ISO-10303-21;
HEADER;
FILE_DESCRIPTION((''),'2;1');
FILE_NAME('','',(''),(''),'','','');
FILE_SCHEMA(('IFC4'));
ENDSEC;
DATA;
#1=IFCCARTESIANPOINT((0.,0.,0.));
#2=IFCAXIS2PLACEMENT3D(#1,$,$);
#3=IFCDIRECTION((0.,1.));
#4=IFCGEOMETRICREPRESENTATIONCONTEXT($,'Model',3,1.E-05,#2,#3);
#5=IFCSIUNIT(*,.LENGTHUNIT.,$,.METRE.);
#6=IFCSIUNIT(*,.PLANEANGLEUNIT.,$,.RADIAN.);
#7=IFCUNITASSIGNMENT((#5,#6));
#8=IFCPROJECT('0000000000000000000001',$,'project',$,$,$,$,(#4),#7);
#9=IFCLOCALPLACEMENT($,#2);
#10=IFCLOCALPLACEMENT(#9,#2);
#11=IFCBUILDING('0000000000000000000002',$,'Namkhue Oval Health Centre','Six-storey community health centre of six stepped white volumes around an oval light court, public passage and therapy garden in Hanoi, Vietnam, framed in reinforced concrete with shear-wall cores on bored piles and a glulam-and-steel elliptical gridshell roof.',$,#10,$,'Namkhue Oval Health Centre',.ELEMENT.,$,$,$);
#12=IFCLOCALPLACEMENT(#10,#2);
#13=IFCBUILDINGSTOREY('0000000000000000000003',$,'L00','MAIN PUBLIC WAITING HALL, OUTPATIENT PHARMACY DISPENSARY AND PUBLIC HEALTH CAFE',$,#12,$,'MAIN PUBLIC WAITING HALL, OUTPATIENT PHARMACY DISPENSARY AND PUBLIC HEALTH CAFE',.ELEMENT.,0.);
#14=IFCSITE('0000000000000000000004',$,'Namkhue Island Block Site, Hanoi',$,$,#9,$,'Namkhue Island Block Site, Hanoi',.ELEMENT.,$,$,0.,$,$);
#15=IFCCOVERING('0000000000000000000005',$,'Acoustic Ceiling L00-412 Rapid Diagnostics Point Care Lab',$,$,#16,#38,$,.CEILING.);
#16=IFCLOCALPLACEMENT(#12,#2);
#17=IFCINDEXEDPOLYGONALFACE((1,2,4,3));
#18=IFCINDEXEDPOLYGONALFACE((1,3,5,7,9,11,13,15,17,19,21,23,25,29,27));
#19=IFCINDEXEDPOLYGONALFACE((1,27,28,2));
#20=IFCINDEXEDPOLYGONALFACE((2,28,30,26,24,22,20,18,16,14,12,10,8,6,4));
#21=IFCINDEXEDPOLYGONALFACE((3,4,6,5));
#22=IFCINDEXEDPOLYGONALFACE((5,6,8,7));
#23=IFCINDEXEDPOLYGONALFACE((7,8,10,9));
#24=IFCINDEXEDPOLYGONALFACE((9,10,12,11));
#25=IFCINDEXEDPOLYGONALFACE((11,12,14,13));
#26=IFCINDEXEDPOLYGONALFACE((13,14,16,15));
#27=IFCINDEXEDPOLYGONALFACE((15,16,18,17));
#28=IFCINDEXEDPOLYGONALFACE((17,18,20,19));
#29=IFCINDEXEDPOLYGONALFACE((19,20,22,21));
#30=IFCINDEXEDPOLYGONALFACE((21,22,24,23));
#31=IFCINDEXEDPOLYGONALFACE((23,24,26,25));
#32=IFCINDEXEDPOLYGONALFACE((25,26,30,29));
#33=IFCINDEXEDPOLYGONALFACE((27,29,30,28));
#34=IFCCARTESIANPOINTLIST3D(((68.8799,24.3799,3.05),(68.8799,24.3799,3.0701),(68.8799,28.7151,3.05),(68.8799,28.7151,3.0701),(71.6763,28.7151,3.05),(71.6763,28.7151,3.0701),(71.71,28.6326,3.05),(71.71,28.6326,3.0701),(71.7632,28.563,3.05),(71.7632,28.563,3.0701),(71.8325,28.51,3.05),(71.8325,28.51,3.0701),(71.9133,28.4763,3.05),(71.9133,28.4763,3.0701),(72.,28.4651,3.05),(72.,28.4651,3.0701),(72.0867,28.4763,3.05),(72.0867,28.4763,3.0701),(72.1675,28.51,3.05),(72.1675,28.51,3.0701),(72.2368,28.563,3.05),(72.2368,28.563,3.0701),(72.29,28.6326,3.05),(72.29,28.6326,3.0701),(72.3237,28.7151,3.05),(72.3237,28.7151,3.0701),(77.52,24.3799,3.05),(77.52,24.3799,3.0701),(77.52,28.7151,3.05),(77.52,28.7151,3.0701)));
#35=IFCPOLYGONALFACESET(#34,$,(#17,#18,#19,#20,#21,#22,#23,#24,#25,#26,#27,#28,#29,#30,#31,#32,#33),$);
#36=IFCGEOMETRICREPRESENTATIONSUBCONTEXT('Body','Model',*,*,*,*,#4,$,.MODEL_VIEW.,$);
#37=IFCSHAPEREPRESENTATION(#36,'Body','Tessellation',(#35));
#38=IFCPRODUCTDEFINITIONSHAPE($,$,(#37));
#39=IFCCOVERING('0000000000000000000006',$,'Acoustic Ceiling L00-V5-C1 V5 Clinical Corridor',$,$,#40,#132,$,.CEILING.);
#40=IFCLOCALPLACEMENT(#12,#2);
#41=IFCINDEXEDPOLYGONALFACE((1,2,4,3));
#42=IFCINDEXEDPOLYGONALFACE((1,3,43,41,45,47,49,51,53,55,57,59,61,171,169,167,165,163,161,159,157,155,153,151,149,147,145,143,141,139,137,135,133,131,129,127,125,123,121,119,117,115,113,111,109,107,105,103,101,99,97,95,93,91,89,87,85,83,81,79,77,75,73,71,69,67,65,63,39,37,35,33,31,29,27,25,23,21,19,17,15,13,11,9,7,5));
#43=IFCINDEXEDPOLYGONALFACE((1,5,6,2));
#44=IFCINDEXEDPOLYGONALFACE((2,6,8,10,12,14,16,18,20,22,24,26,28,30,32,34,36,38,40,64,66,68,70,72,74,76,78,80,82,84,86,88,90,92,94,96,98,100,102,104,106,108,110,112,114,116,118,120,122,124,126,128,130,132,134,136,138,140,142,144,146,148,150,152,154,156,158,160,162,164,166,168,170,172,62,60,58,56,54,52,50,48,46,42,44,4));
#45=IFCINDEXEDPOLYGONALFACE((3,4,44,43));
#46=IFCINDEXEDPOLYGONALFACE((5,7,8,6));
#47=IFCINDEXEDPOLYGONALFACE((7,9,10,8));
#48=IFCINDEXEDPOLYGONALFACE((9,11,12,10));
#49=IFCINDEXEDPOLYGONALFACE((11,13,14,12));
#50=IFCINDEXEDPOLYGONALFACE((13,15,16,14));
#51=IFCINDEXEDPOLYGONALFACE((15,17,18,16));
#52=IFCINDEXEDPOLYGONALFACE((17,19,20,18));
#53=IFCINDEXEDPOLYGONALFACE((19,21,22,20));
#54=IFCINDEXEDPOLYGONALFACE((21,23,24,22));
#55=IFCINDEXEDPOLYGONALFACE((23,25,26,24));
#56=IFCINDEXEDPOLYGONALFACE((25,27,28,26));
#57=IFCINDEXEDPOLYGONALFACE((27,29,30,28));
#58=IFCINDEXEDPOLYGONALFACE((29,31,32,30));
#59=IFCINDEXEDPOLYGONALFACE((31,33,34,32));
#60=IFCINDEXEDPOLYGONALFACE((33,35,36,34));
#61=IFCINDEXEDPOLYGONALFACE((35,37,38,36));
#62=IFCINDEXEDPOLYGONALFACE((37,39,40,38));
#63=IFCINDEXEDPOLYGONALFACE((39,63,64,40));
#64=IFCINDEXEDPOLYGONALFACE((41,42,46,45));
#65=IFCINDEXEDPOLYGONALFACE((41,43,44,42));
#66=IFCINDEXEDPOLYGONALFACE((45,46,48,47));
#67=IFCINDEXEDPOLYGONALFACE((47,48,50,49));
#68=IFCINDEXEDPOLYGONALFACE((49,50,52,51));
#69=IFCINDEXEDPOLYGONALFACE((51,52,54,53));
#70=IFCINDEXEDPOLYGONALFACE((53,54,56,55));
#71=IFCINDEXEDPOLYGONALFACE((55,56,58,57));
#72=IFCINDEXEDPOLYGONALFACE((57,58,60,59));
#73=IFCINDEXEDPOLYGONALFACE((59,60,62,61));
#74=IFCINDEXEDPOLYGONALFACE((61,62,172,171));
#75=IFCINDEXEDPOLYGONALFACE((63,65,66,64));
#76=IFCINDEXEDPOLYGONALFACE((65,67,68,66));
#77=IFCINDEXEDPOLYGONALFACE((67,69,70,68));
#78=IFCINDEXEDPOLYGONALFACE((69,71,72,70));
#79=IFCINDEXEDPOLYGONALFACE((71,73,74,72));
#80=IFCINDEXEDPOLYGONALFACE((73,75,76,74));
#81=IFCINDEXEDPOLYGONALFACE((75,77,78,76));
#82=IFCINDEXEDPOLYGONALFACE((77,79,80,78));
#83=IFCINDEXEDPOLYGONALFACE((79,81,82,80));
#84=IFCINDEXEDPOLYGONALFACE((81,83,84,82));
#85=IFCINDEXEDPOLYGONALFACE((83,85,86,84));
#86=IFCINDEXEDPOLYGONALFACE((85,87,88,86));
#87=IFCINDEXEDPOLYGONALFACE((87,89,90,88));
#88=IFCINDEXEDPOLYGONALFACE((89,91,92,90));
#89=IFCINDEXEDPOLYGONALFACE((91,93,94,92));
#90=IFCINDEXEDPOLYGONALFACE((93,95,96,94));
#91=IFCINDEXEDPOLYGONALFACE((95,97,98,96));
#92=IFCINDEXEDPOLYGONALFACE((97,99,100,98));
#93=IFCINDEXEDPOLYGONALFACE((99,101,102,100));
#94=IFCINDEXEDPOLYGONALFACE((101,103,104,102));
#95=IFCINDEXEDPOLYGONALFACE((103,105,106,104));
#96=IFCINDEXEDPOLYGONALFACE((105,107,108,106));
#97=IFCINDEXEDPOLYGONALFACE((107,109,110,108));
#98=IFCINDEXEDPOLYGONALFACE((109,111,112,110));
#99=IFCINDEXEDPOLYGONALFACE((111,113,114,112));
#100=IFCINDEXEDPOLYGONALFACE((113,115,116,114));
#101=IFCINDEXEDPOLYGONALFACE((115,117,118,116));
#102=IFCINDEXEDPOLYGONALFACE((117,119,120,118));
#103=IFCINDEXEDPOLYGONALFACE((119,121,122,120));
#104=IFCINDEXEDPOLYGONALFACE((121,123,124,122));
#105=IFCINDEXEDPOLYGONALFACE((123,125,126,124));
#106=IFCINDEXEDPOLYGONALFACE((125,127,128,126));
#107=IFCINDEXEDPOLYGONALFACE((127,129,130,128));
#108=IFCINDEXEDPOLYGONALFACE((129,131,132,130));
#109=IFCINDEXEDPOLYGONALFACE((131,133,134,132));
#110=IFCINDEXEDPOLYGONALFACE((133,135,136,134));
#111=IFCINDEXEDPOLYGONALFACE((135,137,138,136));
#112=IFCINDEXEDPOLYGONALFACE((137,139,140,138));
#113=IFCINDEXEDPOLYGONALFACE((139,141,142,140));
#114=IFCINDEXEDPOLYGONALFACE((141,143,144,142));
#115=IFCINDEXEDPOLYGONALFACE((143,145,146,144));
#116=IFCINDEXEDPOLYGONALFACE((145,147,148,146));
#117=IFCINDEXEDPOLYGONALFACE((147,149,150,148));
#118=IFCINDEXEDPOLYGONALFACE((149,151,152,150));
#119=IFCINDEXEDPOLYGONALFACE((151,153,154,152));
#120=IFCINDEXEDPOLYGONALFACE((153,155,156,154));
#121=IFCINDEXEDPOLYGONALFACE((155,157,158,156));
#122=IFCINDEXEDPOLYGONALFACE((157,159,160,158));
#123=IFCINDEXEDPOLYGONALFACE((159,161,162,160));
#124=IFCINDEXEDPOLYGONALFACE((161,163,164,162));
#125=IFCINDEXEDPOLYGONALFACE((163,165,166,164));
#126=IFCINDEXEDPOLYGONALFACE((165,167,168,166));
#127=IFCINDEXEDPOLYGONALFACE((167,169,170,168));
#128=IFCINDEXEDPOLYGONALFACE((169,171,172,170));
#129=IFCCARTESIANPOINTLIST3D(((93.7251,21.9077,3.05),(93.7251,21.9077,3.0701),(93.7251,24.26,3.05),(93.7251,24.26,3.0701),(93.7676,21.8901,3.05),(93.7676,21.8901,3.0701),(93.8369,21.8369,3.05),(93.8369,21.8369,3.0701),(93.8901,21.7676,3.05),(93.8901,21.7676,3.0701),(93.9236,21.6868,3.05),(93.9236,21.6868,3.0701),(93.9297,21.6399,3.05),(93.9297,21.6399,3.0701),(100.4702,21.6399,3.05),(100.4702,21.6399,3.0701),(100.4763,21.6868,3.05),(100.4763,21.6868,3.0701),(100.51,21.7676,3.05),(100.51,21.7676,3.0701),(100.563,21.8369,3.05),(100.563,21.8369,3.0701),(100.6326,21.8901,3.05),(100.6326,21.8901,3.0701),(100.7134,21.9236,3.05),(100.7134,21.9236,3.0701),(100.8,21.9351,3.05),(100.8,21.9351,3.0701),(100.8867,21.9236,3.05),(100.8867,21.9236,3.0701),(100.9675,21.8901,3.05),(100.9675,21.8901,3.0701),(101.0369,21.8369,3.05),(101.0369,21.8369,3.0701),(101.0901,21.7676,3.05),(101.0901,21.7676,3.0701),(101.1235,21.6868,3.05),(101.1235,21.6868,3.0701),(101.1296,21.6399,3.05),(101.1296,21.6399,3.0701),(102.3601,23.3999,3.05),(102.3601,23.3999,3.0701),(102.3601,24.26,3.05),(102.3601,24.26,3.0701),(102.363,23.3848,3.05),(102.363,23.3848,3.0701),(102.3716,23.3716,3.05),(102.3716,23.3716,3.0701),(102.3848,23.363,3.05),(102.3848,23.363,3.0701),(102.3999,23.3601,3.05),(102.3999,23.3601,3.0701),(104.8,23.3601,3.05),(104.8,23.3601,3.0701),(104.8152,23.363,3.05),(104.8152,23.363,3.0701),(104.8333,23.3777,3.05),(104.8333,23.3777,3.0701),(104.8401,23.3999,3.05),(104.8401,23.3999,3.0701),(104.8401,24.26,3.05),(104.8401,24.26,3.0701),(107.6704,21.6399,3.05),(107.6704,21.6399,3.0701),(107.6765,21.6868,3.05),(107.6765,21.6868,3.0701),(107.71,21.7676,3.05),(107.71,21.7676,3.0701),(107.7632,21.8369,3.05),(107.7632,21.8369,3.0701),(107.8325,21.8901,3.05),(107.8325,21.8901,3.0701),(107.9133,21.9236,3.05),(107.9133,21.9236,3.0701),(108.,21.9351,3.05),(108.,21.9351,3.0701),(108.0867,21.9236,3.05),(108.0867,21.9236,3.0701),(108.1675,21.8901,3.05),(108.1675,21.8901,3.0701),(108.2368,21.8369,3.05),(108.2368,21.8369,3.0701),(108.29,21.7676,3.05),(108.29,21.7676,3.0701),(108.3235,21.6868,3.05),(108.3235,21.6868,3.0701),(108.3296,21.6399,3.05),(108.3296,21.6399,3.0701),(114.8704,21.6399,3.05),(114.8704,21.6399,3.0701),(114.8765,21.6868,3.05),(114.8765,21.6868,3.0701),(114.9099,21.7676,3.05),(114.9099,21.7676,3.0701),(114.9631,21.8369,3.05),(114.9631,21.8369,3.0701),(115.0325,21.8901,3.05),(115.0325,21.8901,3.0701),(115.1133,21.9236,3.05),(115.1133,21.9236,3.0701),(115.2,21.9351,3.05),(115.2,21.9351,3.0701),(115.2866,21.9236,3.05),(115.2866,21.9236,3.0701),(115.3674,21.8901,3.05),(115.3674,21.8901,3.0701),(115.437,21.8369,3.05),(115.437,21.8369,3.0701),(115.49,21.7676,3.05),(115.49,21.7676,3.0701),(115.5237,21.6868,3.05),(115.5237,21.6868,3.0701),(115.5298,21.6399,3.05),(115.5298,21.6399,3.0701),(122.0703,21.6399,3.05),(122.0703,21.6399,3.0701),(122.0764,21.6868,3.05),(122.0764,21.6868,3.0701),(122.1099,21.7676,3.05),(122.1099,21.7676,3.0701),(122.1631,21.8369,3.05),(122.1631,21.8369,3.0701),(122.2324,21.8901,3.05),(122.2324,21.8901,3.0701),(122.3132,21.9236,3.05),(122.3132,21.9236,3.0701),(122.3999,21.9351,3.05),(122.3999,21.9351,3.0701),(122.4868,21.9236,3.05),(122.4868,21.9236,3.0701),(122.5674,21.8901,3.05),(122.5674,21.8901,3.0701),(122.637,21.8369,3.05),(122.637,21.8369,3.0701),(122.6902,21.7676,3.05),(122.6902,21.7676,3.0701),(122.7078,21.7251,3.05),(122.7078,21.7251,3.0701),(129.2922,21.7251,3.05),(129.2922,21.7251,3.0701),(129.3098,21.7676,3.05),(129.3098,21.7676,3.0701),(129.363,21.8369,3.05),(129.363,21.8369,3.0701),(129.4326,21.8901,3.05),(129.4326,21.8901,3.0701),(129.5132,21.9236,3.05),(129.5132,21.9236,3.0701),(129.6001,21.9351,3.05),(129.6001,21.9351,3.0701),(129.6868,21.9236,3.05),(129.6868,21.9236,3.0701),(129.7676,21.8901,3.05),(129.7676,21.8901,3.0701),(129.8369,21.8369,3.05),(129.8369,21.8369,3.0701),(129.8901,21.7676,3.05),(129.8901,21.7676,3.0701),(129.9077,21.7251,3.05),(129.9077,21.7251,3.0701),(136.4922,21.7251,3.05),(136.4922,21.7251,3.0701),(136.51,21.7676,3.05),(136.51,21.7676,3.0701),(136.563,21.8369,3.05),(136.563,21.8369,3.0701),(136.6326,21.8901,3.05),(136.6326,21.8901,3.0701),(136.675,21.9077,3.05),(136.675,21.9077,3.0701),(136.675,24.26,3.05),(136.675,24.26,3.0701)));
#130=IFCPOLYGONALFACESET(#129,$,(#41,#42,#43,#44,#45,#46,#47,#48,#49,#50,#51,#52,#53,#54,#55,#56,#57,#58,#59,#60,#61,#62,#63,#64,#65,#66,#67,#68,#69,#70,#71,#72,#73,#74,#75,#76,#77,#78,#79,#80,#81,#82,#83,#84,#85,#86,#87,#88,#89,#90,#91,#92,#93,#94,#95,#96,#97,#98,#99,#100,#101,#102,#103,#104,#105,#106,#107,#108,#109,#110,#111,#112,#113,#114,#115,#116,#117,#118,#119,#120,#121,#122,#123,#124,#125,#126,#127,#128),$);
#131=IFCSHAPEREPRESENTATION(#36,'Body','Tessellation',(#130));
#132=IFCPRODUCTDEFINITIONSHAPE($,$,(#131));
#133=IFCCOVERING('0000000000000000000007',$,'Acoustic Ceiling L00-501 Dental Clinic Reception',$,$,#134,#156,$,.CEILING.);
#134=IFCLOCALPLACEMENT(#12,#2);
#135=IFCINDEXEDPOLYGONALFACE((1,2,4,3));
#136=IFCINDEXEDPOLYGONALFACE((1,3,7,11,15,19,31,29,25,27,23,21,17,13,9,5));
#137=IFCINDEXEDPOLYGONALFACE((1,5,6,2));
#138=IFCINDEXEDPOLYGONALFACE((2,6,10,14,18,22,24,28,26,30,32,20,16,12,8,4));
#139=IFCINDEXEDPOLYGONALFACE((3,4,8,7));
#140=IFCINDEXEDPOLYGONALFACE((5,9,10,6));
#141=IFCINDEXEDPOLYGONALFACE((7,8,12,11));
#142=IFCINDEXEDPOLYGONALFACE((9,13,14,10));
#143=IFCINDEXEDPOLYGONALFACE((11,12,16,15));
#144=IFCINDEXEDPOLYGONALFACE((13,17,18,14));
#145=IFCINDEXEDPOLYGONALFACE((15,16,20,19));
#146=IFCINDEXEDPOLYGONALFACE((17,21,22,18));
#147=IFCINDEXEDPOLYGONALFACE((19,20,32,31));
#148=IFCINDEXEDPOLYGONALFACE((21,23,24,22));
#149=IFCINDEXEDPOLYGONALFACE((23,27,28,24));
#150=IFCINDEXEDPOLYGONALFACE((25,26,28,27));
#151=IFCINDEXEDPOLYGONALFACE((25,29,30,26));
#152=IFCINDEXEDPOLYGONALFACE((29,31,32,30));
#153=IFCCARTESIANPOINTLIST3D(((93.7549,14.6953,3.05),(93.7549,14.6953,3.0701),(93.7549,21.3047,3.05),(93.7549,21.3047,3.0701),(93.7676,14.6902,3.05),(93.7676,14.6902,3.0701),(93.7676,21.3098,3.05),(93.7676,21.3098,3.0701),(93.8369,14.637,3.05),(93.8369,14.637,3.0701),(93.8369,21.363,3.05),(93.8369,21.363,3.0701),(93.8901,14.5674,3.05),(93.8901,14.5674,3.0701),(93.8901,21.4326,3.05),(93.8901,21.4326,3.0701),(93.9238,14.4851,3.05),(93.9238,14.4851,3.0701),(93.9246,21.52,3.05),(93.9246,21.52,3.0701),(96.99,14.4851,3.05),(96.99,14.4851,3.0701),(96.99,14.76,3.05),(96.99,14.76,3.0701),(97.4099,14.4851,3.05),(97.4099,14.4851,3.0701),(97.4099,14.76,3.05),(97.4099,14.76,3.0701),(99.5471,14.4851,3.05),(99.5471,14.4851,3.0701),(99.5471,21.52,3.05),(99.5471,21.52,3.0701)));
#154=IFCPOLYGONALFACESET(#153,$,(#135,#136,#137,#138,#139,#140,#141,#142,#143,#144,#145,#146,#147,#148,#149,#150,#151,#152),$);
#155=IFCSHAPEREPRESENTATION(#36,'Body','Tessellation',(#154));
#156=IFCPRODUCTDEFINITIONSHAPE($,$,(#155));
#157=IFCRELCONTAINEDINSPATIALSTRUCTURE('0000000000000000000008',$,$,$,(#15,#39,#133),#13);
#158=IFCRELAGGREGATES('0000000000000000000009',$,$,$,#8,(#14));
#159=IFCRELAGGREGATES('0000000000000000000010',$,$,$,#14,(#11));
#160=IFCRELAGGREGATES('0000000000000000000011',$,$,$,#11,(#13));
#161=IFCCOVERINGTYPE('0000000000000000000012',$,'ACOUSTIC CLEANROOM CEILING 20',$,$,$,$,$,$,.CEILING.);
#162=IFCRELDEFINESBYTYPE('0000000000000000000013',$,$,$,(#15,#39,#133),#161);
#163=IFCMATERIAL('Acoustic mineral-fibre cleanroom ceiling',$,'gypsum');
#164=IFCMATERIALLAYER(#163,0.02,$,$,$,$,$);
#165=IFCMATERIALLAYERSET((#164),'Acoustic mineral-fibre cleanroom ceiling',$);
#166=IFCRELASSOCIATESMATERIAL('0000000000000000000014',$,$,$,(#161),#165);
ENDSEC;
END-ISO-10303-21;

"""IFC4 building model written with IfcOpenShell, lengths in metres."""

from ifc_helpers import new_model, si_unit, direction, frame, origin, place, context, subcontext, project, spatial, polyline, outline, extrude, material, layer, layer_set, type_object, element, save


model = new_model("IFC4")

# Units and contexts
model_context = context("Model", 3, precision=1e-05, world=origin(), true_north=direction((0.0, 1.0)))
body_context = subcontext(model_context, "Body", "Model", "MODEL_VIEW")
ifc_project = project(units=[si_unit("LENGTHUNIT", "METRE"), si_unit("PLANEANGLEUNIT", "RADIAN")], contexts=[model_context])

# Site, building, storey
site_placement = place(None, origin())
site = spatial("IfcSite", under=ifc_project, at=site_placement, Name="Namkhue Island Block Site, Hanoi", LongName="Namkhue Island Block Site, Hanoi", CompositionType="ELEMENT", RefElevation=0.0)
building_placement = place(site_placement, origin())
building = spatial("IfcBuilding", under=site, at=building_placement, Name="Namkhue Oval Health Centre", Description="Six-storey community health centre of six stepped white volumes around an oval light court, public passage and therapy garden in Hanoi, Vietnam, framed in reinforced concrete with shear-wall cores on bored piles and a glulam-and-steel elliptical gridshell roof.", LongName="Namkhue Oval Health Centre", CompositionType="ELEMENT")
storey_placement = place(building_placement, origin())
storey = spatial("IfcBuildingStorey", under=building, at=storey_placement, Name="L00", Description="MAIN PUBLIC WAITING HALL, OUTPATIENT PHARMACY DISPENSARY AND PUBLIC HEALTH CAFE", LongName="MAIN PUBLIC WAITING HALL, OUTPATIENT PHARMACY DISPENSARY AND PUBLIC HEALTH CAFE", CompositionType="ELEMENT", Elevation=0.0)

# Coverings
ifc_material_1 = material(Name="Acoustic mineral-fibre cleanroom ceiling", Category="gypsum")
ifc_layer_1 = layer(ifc_material_1, 0.02)
ifc_layer_set_1 = layer_set([ifc_layer_1], Name="Acoustic mineral-fibre cleanroom ceiling")
covering_type_1 = type_object("IfcCoveringType", Name="ACOUSTIC CLEANROOM CEILING 20", PredefinedType="CEILING", material=ifc_layer_set_1)
covering_1_placement = place(storey_placement, frame((0.0, 0.0, 3.05)))
element("IfcCovering", 1, at=covering_1_placement, inside=storey, type_object=covering_type_1, Name="Acoustic Ceiling L00-412 Rapid Diagnostics Point Care Lab", PredefinedType="CEILING", context=body_context, shape_type="SweptSolid", body=[
    extrude(outline(polyline([(68.8799, 24.3799), (68.8799, 28.7151), (71.6763, 28.7151), (71.71, 28.6326), (71.7632, 28.563), (71.8325, 28.51), (71.9133, 28.4763), (72.0, 28.4651), (72.0867, 28.4763), (72.1675, 28.51), (72.2368, 28.563), (72.29, 28.6326), (72.3237, 28.7151), (77.52, 28.7151), (77.52, 24.3799), (68.8799, 24.3799)])), origin(), (0.0, 0.0, 1.0), 0.02),
])
covering_2_placement = place(storey_placement, frame((0.0, 0.0, 3.05)))
element("IfcCovering", 2, at=covering_2_placement, inside=storey, type_object=covering_type_1, Name="Acoustic Ceiling L00-V5-C1 V5 Clinical Corridor", PredefinedType="CEILING", context=body_context, shape_type="SweptSolid", body=[
    extrude(outline(polyline([(115.5298, 21.6399), (115.5237, 21.6868), (115.49, 21.7676), (115.437, 21.8369), (115.3674, 21.8901), (115.2866, 21.9236), (115.2, 21.9351), (115.1133, 21.9236), (115.0325, 21.8901), (114.9631, 21.8369), (114.9099, 21.7676), (114.8765, 21.6868), (114.8704, 21.6399), (108.3296, 21.6399), (108.3235, 21.6868), (108.29, 21.7676), (108.2368, 21.8369), (108.1675, 21.8901), (108.0867, 21.9236), (108.0, 21.9351), (107.9133, 21.9236), (107.8325, 21.8901), (107.7632, 21.8369), (107.71, 21.7676), (107.6765, 21.6868), (107.6704, 21.6399), (101.1296, 21.6399), (101.1235, 21.6868), (101.0901, 21.7676), (101.0369, 21.8369), (100.9675, 21.8901), (100.8867, 21.9236), (100.8, 21.9351), (100.7134, 21.9236), (100.6326, 21.8901), (100.563, 21.8369), (100.51, 21.7676), (100.4763, 21.6868), (100.4702, 21.6399), (93.9297, 21.6399), (93.9236, 21.6868), (93.8901, 21.7676), (93.8369, 21.8369), (93.7676, 21.8901), (93.7251, 21.9077), (93.7251, 24.26), (102.3601, 24.26), (102.3601, 23.3999), (102.363, 23.3848), (102.3716, 23.3716), (102.3848, 23.363), (102.3999, 23.3601), (104.8, 23.3601), (104.8152, 23.363), (104.8333, 23.3777), (104.8401, 23.3999), (104.8401, 24.26), (136.675, 24.26), (136.675, 21.9077), (136.6326, 21.8901), (136.563, 21.8369), (136.51, 21.7676), (136.4922, 21.7251), (129.9077, 21.7251), (129.8901, 21.7676), (129.8369, 21.8369), (129.7676, 21.8901), (129.6868, 21.9236), (129.6001, 21.9351), (129.5132, 21.9236), (129.4326, 21.8901), (129.363, 21.8369), (129.3098, 21.7676), (129.2922, 21.7251), (122.7078, 21.7251), (122.6902, 21.7676), (122.637, 21.8369), (122.5674, 21.8901), (122.4868, 21.9236), (122.3999, 21.9351), (122.3132, 21.9236), (122.2324, 21.8901), (122.1631, 21.8369), (122.1099, 21.7676), (122.0764, 21.6868), (122.0703, 21.6399), (115.5298, 21.6399)])), origin(), (0.0, 0.0, 1.0), 0.02),
])
covering_3_placement = place(storey_placement, frame((0.0, 0.0, 3.05)))
element("IfcCovering", 3, at=covering_3_placement, inside=storey, type_object=covering_type_1, Name="Acoustic Ceiling L00-501 Dental Clinic Reception", PredefinedType="CEILING", context=body_context, shape_type="SweptSolid", body=[
    extrude(outline(polyline([(97.4099, 14.4851), (97.4099, 14.76), (96.99, 14.76), (96.99, 14.4851), (93.9238, 14.4851), (93.8901, 14.5674), (93.8369, 14.637), (93.7676, 14.6902), (93.7549, 14.6953), (93.7549, 21.3047), (93.7676, 21.3098), (93.8369, 21.363), (93.8901, 21.4326), (93.9246, 21.52), (99.5471, 21.52), (99.5471, 14.4851), (97.4099, 14.4851)])), origin(), (0.0, 0.0, 1.0), 0.02),
])

save(model, "model.ifc")
